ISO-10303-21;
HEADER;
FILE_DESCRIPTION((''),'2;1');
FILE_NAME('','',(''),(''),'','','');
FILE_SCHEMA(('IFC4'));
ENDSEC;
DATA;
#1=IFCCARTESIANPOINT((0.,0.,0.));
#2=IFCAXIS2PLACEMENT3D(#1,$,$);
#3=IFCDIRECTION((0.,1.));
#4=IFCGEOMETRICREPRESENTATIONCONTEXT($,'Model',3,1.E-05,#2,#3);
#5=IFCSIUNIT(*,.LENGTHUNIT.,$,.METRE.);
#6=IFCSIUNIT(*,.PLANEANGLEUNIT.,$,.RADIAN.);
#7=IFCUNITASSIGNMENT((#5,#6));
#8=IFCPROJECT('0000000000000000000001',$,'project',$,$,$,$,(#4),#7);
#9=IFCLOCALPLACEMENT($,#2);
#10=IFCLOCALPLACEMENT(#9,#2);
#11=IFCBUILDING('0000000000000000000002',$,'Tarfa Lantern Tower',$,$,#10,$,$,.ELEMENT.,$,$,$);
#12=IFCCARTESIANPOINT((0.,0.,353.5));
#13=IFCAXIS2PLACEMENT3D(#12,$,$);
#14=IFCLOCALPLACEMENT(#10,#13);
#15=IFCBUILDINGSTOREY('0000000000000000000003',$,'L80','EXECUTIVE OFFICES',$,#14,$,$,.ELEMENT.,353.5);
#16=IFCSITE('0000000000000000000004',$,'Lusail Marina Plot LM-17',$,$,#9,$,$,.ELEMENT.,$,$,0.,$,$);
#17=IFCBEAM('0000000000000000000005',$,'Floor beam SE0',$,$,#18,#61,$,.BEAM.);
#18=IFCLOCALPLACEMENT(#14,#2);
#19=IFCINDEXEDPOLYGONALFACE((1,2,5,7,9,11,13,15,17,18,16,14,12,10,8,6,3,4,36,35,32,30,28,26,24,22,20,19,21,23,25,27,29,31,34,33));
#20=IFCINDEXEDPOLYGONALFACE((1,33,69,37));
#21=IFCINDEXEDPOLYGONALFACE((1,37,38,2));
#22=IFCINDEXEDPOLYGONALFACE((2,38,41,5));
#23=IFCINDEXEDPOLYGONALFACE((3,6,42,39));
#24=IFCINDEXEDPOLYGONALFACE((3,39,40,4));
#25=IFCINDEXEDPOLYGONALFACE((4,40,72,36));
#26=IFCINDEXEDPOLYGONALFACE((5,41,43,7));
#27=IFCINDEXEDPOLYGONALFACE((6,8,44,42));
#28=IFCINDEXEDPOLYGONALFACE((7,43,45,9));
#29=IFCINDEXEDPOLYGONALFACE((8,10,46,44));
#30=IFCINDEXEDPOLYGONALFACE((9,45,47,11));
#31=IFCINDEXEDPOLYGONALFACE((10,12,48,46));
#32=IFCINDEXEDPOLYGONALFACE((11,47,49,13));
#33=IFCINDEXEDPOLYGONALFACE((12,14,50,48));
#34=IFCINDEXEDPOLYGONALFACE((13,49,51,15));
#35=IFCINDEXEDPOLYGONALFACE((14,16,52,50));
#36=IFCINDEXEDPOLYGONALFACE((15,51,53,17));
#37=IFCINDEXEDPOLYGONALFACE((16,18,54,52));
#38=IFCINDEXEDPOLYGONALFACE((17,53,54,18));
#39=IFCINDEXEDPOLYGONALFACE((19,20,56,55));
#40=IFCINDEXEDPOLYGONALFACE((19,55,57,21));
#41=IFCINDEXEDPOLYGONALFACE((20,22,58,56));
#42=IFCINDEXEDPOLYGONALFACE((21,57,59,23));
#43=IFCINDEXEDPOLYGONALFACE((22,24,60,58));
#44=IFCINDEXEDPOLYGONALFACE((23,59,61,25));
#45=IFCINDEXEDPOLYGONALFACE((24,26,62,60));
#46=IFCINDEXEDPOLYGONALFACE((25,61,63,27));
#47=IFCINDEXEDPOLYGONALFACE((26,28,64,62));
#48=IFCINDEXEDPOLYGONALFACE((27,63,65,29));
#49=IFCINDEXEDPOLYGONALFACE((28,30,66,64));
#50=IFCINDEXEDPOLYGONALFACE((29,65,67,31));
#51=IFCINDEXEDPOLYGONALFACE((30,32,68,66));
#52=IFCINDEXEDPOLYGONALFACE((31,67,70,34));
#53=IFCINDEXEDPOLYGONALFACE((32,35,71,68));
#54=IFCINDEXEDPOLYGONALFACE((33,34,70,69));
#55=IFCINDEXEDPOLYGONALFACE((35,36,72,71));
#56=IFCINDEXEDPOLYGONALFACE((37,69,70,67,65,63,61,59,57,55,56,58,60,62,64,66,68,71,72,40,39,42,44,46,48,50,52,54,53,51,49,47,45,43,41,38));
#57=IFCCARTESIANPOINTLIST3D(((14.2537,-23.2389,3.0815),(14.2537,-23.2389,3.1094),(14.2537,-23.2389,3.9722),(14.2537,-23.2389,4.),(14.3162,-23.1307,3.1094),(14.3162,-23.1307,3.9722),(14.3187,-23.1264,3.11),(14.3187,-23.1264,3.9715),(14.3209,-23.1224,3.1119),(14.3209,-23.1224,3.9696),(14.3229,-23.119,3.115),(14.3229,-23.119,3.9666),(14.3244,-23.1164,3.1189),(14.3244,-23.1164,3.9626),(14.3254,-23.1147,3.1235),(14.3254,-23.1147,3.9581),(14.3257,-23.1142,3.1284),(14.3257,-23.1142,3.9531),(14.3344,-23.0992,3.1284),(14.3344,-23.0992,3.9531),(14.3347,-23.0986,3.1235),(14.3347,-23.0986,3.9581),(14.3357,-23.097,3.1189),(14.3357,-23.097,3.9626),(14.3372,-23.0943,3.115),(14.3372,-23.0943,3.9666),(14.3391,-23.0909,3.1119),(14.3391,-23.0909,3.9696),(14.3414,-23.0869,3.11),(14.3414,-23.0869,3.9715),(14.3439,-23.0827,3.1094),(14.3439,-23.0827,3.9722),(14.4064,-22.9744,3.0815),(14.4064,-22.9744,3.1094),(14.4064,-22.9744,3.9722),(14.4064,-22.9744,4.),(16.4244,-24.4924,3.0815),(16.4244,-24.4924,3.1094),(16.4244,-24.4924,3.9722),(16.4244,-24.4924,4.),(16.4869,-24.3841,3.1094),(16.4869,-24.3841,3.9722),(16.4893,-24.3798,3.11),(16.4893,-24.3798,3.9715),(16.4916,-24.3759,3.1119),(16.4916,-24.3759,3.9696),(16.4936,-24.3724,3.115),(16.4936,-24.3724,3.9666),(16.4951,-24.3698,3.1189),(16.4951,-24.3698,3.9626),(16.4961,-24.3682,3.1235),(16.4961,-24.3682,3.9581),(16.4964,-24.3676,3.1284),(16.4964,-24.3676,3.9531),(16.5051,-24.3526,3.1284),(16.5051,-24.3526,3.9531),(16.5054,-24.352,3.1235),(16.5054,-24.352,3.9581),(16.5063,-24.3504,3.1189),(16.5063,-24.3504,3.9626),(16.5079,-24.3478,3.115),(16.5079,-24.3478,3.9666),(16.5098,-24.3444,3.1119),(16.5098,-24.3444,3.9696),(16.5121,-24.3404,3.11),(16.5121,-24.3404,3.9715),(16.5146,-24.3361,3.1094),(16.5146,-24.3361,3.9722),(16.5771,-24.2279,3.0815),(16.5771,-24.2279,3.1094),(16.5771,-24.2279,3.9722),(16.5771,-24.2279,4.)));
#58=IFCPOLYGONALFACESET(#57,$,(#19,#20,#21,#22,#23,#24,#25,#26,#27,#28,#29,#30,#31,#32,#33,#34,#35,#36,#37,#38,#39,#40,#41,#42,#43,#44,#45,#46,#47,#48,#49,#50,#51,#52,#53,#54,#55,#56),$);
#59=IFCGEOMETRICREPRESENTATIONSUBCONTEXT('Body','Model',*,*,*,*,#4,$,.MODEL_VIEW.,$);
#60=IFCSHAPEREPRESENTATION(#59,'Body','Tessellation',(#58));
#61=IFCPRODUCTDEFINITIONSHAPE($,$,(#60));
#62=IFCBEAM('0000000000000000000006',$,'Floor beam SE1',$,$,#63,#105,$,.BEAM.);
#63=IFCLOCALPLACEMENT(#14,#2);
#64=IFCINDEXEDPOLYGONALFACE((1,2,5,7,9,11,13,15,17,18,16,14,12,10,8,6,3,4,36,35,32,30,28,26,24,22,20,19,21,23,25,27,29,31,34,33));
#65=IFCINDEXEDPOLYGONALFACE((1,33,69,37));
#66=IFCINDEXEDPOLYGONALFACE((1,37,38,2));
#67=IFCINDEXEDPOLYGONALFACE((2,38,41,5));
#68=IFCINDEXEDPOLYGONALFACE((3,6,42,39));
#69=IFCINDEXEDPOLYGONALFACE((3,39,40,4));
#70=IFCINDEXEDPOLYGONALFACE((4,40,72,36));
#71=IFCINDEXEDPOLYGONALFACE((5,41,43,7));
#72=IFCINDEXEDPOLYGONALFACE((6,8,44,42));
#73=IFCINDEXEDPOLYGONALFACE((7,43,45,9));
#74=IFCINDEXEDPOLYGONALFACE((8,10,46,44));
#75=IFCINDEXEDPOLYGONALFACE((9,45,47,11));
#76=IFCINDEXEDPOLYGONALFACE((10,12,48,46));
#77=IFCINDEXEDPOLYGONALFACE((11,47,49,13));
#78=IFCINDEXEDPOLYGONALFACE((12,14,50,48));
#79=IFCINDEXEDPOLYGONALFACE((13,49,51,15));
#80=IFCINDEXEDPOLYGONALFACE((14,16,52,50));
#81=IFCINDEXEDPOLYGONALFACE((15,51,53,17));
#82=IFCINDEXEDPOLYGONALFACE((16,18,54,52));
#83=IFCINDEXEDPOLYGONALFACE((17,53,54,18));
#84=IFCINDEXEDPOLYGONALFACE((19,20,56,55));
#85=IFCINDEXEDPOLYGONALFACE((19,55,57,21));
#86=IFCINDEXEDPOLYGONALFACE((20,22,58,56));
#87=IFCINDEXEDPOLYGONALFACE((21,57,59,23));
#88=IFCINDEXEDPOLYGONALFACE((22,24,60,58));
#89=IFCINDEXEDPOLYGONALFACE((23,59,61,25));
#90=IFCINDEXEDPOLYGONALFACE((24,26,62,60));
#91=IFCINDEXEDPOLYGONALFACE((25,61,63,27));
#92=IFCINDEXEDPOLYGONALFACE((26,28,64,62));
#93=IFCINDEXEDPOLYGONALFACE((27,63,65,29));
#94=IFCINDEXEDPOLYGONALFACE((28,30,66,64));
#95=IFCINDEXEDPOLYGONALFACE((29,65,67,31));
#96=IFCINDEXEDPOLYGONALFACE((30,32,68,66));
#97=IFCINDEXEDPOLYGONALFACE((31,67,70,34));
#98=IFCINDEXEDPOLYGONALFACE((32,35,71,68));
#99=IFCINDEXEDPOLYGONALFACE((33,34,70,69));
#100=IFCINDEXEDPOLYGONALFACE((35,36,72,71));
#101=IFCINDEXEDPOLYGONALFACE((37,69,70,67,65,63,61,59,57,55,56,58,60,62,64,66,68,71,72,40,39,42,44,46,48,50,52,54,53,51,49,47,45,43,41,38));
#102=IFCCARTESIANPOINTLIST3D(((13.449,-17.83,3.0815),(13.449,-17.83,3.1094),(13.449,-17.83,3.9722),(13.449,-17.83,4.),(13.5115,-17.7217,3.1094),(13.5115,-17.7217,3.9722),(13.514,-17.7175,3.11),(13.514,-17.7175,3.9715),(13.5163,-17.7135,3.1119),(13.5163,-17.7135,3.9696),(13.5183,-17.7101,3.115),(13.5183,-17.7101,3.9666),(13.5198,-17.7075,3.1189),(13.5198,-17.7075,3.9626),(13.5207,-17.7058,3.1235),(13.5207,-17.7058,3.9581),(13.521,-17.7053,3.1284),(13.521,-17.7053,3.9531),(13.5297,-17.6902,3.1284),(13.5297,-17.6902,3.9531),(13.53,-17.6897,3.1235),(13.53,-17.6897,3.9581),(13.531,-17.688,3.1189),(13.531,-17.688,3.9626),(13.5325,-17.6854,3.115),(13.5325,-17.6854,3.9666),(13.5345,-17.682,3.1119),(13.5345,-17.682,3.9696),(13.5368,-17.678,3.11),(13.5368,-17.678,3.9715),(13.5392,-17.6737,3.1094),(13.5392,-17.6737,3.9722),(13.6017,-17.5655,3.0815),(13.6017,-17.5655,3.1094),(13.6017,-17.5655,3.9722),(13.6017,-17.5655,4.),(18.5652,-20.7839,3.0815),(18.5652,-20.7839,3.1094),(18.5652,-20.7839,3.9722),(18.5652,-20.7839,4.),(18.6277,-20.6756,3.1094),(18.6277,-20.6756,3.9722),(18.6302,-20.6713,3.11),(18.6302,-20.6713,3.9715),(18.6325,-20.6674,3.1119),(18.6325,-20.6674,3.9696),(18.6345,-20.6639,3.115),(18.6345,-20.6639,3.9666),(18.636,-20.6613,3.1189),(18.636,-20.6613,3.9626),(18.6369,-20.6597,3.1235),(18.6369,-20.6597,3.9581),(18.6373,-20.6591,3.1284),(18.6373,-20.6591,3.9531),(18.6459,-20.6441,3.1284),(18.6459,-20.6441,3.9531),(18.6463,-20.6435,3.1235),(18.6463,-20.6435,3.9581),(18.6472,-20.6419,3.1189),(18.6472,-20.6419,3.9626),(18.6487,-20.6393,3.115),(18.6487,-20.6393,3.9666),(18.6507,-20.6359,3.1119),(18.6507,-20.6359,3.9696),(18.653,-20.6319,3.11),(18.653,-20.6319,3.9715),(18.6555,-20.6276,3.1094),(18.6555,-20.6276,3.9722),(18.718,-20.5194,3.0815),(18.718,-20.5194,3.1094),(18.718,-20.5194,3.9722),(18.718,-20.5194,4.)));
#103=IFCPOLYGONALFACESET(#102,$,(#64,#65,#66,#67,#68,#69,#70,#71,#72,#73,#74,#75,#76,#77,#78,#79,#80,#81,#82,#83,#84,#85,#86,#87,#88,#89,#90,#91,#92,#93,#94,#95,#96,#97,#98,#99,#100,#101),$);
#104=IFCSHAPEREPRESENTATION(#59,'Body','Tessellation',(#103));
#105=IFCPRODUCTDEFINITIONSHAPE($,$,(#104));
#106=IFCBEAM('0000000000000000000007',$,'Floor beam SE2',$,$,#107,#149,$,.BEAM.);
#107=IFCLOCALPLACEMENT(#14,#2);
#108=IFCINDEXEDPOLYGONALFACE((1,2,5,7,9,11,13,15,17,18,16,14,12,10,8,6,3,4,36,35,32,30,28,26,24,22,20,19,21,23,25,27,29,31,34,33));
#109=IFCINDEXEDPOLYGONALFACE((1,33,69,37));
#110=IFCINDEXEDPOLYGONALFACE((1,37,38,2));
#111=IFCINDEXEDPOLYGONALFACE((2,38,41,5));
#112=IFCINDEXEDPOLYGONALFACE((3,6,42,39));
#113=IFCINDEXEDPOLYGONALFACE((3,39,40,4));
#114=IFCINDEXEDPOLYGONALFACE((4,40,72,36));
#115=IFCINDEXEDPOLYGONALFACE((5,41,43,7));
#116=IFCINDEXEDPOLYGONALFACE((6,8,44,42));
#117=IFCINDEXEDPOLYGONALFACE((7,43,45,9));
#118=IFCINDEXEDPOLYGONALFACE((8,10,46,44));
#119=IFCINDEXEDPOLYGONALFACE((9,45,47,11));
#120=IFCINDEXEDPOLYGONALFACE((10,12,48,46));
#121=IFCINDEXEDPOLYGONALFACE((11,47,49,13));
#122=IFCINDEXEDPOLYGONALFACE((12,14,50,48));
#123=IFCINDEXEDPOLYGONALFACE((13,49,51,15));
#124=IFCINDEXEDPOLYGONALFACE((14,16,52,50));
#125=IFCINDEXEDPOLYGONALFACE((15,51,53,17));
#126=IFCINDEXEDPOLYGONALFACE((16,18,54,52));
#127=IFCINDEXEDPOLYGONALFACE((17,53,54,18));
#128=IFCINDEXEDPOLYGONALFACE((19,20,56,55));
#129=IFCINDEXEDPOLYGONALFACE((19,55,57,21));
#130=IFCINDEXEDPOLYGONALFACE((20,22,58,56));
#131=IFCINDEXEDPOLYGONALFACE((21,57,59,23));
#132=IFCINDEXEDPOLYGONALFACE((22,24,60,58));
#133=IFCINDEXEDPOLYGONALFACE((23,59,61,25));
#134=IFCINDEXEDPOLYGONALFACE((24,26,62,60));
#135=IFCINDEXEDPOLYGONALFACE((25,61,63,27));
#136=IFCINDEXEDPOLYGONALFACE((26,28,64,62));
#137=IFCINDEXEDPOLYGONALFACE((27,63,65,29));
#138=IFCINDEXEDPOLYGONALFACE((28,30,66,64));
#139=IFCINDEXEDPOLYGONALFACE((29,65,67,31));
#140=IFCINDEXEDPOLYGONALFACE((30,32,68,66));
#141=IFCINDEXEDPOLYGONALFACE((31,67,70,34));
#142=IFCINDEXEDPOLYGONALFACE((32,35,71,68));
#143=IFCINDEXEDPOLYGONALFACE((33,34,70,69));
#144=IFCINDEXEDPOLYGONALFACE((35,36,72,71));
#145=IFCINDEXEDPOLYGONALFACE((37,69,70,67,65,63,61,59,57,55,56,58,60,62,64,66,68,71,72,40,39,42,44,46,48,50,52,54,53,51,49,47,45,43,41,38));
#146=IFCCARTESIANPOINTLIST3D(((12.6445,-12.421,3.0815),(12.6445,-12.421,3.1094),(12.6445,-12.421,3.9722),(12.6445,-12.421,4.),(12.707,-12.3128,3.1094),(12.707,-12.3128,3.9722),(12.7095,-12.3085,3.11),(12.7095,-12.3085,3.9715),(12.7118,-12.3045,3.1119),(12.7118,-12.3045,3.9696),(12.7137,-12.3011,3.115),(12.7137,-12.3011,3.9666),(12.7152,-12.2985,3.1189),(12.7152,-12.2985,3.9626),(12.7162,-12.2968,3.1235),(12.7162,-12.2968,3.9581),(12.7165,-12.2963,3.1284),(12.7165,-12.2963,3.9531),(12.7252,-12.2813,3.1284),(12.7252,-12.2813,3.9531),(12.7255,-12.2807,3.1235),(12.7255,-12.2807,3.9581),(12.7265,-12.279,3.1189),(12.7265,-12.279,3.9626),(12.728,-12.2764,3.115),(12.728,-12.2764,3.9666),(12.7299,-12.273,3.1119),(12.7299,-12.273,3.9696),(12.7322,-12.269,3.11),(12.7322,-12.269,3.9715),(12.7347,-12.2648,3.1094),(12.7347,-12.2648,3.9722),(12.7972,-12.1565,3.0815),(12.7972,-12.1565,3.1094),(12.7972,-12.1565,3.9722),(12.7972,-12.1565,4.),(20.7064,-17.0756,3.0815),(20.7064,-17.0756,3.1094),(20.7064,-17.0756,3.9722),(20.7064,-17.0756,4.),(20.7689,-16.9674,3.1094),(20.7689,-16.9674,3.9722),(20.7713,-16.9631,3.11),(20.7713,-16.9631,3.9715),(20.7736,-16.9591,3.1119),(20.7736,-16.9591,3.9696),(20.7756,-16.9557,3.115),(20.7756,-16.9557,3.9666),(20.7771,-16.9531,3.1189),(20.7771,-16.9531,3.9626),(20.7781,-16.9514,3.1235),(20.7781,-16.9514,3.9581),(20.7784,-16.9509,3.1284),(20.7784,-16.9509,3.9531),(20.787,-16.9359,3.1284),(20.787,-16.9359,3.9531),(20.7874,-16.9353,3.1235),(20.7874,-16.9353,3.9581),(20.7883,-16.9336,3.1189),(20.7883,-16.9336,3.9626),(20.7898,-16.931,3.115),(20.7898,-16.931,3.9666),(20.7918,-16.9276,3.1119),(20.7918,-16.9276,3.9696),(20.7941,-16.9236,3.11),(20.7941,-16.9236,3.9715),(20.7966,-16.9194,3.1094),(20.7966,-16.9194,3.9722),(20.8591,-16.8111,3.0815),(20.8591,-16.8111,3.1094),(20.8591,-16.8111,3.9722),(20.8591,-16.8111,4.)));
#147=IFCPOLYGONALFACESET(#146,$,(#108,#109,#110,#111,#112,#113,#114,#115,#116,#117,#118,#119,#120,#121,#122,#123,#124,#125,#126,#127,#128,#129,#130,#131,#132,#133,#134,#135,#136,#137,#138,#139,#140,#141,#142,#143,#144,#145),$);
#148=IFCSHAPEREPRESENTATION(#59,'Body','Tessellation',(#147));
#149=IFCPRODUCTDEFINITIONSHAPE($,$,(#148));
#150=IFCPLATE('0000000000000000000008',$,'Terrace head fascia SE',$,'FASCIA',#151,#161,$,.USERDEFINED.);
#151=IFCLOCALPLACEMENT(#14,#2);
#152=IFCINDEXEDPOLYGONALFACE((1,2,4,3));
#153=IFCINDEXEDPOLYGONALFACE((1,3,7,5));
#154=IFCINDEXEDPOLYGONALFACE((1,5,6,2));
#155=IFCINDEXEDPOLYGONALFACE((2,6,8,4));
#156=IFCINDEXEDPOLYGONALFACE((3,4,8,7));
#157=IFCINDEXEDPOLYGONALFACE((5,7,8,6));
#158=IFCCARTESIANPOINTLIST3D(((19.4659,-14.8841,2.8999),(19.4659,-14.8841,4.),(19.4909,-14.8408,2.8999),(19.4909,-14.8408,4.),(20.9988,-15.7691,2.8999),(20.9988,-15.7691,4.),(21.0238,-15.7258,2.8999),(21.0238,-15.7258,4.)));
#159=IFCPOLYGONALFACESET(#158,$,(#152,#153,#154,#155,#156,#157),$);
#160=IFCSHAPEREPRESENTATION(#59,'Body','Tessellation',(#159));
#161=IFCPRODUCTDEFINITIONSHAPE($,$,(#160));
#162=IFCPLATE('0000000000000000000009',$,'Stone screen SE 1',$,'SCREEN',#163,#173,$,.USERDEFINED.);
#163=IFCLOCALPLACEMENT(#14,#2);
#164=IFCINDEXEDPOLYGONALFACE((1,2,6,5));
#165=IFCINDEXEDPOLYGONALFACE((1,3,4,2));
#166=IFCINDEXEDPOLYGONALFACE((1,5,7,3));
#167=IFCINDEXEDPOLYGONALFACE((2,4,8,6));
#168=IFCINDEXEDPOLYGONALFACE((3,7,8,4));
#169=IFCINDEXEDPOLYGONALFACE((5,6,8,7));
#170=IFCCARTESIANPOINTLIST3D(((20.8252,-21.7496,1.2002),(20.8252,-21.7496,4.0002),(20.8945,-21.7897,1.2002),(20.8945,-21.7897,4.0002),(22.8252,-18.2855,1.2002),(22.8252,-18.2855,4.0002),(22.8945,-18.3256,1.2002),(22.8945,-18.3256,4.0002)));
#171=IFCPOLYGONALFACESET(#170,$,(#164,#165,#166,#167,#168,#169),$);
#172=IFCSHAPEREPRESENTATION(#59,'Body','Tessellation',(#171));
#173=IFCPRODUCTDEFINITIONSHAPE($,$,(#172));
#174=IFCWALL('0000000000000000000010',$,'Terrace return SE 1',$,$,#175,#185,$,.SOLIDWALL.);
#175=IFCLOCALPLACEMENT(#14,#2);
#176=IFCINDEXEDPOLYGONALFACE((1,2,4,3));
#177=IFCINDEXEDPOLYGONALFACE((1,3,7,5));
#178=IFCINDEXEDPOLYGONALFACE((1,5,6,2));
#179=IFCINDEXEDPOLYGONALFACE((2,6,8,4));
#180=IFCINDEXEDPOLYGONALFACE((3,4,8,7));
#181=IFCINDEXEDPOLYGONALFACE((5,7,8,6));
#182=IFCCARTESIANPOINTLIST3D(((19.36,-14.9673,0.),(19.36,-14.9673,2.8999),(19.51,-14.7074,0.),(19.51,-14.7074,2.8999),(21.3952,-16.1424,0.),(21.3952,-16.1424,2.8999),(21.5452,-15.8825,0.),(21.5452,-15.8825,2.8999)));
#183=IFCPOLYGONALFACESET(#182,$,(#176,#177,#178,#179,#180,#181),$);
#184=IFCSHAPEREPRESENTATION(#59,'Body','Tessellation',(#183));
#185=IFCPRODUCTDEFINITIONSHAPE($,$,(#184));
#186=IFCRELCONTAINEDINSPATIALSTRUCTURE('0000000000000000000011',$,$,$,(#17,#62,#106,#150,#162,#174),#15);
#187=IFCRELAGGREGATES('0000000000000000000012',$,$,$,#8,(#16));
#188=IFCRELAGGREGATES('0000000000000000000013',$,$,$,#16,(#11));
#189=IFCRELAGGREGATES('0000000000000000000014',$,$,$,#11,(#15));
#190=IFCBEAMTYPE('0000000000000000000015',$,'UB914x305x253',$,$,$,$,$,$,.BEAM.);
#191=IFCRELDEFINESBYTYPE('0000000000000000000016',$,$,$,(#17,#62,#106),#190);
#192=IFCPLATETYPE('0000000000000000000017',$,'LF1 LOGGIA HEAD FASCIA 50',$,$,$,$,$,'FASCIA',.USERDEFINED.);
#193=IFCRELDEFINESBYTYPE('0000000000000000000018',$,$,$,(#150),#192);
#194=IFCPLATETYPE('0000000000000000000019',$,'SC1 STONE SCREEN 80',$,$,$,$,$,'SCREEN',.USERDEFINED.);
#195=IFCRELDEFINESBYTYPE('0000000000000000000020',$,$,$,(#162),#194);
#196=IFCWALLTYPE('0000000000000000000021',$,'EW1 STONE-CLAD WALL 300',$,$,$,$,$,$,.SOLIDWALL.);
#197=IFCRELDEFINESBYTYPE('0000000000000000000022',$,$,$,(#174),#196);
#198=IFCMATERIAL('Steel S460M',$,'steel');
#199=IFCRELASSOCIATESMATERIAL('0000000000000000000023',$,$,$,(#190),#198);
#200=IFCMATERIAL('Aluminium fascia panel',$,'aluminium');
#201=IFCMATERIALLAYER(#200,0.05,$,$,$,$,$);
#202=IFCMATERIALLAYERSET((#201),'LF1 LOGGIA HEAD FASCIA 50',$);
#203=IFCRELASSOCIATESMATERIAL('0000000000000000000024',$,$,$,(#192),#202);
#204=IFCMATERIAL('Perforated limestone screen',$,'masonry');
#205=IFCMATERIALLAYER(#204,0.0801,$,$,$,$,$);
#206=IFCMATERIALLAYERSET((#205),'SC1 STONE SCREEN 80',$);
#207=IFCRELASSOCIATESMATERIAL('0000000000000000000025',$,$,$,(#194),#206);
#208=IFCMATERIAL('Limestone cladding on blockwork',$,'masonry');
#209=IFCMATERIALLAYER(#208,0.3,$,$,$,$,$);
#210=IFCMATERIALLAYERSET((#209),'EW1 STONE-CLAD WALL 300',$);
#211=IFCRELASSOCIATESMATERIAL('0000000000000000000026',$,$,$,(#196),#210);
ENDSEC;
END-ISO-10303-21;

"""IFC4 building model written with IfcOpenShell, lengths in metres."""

from ifc_helpers import new_model, si_unit, direction, frame, frame_2d, origin, origin_2d, place, context, subcontext, project, spatial, rectangle, i_section, extrude, material, layer, layer_set, material_profile, profile_set, type_object, element, save


model = new_model("IFC4")

# Units and contexts
model_context = context("Model", 3, precision=1e-05, world=origin(), true_north=direction((0.0, 1.0)))
body_context = subcontext(model_context, "Body", "Model", "MODEL_VIEW")
ifc_project = project(units=[si_unit("LENGTHUNIT", "METRE"), si_unit("PLANEANGLEUNIT", "RADIAN")], contexts=[model_context])

# Site, building, storey
site_placement = place(None, origin())
site = spatial("IfcSite", under=ifc_project, at=site_placement, Name="Lusail Marina Plot LM-17", CompositionType="ELEMENT", RefElevation=0.0)
building_placement = place(site_placement, origin())
building = spatial("IfcBuilding", under=site, at=building_placement, Name="Tarfa Lantern Tower", CompositionType="ELEMENT")
storey_placement = place(building_placement, frame((0.0, 0.0, 353.5)))
storey = spatial("IfcBuildingStorey", under=building, at=storey_placement, Name="L80", Description="EXECUTIVE OFFICES", CompositionType="ELEMENT", Elevation=353.5)

# Beams
ifc_material_1 = material(Name="Steel S460M", Category="steel")
ifc_material_profile_1 = material_profile(ifc_material_1, i_section(OverallWidth=0.3054, OverallDepth=0.9185, WebThickness=0.0173, FlangeThickness=0.0278, FilletRadius=0.019, at=origin_2d()), Name="UB914x305x253")
ifc_profile_set_1 = profile_set([ifc_material_profile_1], Name="Steel S460M")
beam_type_1 = type_object("IfcBeamType", Name="UB914x305x253", PredefinedType="BEAM", material=ifc_profile_set_1)
beam_1_placement = place(storey_placement, frame((16.5007, -24.3601, 3.5408), z_axis=(-0.865993, 0.500057, 0.0), x_axis=(-0.500057, -0.865993, 0.0)))
element("IfcBeam", 1, at=beam_1_placement, inside=storey, type_object=beam_type_1, Name="Floor beam SE0", PredefinedType="BEAM", context=body_context, shape_type="SweptSolid", body=[
    extrude(i_section(OverallWidth=0.3054, OverallDepth=0.9185, WebThickness=0.0173, FlangeThickness=0.0278, FilletRadius=0.019, at=origin_2d()), origin(), (0.0, 0.0, 1.0), 2.5066),
])
beam_2_placement = place(storey_placement, frame((18.6416, -20.6516, 3.5408), z_axis=(-0.866025, 0.500001, 0.0), x_axis=(-0.500001, -0.866025, 0.0)))
element("IfcBeam", 2, at=beam_2_placement, inside=storey, type_object=beam_type_1, Name="Floor beam SE1", PredefinedType="BEAM", context=body_context, shape_type="SweptSolid", body=[
    extrude(i_section(OverallWidth=0.3054, OverallDepth=0.9185, WebThickness=0.0173, FlangeThickness=0.0278, FilletRadius=0.019, at=origin_2d()), origin(), (0.0, 0.0, 1.0), 5.9077),
])
beam_3_placement = place(storey_placement, frame((20.7827, -16.9434, 3.5408), z_axis=(-0.866022, 0.500006, 0.0), x_axis=(-0.500006, -0.866022, 0.0)))
element("IfcBeam", 3, at=beam_3_placement, inside=storey, type_object=beam_type_1, Name="Floor beam SE2", PredefinedType="BEAM", context=body_context, shape_type="SweptSolid", body=[
    extrude(i_section(OverallWidth=0.3054, OverallDepth=0.9185, WebThickness=0.0173, FlangeThickness=0.0278, FilletRadius=0.019, at=origin_2d()), origin(), (0.0, 0.0, 1.0), 9.3091),
])

# Plates
ifc_material_2 = material(Name="Aluminium fascia panel", Category="aluminium")
ifc_layer_1 = layer(ifc_material_2, 0.05)
ifc_layer_set_1 = layer_set([ifc_layer_1], Name="LF1 LOGGIA HEAD FASCIA 50")
plate_type_1 = type_object("IfcPlateType", Name="LF1 LOGGIA HEAD FASCIA 50", ElementType="FASCIA", PredefinedType="USERDEFINED", material=ifc_layer_set_1)
plate_1_placement = place(storey_placement, frame((20.2449, -15.3049, 2.8999), z_axis=(0.0, 0.0, 1.0), x_axis=(-0.866025, 0.5, 0.0)))
element("IfcPlate", 4, at=plate_1_placement, inside=storey, type_object=plate_type_1, Name="Terrace head fascia SE", ObjectType="FASCIA", PredefinedType="USERDEFINED", context=body_context, shape_type="SweptSolid", body=[
    extrude(rectangle(XDim=1.77, YDim=0.05, at=origin_2d()), origin(), (0.0, 0.0, 1.0), 1.1001),
])
ifc_material_3 = material(Name="Perforated limestone screen", Category="masonry")
ifc_layer_2 = layer(ifc_material_3, 0.0801)
ifc_layer_set_2 = layer_set([ifc_layer_2], Name="SC1 STONE SCREEN 80")
plate_type_2 = type_object("IfcPlateType", Name="SC1 STONE SCREEN 80", ElementType="SCREEN", PredefinedType="USERDEFINED", material=ifc_layer_set_2)
plate_2_placement = place(storey_placement, frame((21.8599, -20.0376, 1.2002), z_axis=(0.0, 0.0, 1.0), x_axis=(0.5, 0.866025, 0.0)))
element("IfcPlate", 5, at=plate_2_placement, inside=storey, type_object=plate_type_2, Name="Stone screen SE 1", ObjectType="SCREEN", PredefinedType="USERDEFINED", context=body_context, shape_type="SweptSolid", body=[
    extrude(rectangle(XDim=4.0, YDim=0.0801, at=origin_2d()), origin(), (0.0, 0.0, 1.0), 2.8),
])

# Shared definitions
ifc_material_4 = material(Name="Limestone cladding on blockwork", Category="masonry")
ifc_layer_3 = layer(ifc_material_4, 0.3)
ifc_layer_set_3 = layer_set([ifc_layer_3], Name="EW1 STONE-CLAD WALL 300")
wall_type_1 = type_object("IfcWallType", Name="EW1 STONE-CLAD WALL 300", PredefinedType="SOLIDWALL", material=ifc_layer_set_3)

# Wall
wall_1_placement = place(storey_placement, frame((21.4702, -16.0125, 0.0), z_axis=(0.0, 0.0, 1.0), x_axis=(-0.866016, 0.500016, 0.0)))
element("IfcWall", 6, at=wall_1_placement, inside=storey, type_object=wall_type_1, Name="Terrace return SE 1", PredefinedType="SOLIDWALL", context=body_context, shape_type="SweptSolid", body=[
    extrude(rectangle(XDim=2.3501, YDim=0.3, at=frame_2d((1.175, 0.0))), origin(), (0.0, 0.0, 1.0), 2.8999),
])

save(model, "model.ifc")
